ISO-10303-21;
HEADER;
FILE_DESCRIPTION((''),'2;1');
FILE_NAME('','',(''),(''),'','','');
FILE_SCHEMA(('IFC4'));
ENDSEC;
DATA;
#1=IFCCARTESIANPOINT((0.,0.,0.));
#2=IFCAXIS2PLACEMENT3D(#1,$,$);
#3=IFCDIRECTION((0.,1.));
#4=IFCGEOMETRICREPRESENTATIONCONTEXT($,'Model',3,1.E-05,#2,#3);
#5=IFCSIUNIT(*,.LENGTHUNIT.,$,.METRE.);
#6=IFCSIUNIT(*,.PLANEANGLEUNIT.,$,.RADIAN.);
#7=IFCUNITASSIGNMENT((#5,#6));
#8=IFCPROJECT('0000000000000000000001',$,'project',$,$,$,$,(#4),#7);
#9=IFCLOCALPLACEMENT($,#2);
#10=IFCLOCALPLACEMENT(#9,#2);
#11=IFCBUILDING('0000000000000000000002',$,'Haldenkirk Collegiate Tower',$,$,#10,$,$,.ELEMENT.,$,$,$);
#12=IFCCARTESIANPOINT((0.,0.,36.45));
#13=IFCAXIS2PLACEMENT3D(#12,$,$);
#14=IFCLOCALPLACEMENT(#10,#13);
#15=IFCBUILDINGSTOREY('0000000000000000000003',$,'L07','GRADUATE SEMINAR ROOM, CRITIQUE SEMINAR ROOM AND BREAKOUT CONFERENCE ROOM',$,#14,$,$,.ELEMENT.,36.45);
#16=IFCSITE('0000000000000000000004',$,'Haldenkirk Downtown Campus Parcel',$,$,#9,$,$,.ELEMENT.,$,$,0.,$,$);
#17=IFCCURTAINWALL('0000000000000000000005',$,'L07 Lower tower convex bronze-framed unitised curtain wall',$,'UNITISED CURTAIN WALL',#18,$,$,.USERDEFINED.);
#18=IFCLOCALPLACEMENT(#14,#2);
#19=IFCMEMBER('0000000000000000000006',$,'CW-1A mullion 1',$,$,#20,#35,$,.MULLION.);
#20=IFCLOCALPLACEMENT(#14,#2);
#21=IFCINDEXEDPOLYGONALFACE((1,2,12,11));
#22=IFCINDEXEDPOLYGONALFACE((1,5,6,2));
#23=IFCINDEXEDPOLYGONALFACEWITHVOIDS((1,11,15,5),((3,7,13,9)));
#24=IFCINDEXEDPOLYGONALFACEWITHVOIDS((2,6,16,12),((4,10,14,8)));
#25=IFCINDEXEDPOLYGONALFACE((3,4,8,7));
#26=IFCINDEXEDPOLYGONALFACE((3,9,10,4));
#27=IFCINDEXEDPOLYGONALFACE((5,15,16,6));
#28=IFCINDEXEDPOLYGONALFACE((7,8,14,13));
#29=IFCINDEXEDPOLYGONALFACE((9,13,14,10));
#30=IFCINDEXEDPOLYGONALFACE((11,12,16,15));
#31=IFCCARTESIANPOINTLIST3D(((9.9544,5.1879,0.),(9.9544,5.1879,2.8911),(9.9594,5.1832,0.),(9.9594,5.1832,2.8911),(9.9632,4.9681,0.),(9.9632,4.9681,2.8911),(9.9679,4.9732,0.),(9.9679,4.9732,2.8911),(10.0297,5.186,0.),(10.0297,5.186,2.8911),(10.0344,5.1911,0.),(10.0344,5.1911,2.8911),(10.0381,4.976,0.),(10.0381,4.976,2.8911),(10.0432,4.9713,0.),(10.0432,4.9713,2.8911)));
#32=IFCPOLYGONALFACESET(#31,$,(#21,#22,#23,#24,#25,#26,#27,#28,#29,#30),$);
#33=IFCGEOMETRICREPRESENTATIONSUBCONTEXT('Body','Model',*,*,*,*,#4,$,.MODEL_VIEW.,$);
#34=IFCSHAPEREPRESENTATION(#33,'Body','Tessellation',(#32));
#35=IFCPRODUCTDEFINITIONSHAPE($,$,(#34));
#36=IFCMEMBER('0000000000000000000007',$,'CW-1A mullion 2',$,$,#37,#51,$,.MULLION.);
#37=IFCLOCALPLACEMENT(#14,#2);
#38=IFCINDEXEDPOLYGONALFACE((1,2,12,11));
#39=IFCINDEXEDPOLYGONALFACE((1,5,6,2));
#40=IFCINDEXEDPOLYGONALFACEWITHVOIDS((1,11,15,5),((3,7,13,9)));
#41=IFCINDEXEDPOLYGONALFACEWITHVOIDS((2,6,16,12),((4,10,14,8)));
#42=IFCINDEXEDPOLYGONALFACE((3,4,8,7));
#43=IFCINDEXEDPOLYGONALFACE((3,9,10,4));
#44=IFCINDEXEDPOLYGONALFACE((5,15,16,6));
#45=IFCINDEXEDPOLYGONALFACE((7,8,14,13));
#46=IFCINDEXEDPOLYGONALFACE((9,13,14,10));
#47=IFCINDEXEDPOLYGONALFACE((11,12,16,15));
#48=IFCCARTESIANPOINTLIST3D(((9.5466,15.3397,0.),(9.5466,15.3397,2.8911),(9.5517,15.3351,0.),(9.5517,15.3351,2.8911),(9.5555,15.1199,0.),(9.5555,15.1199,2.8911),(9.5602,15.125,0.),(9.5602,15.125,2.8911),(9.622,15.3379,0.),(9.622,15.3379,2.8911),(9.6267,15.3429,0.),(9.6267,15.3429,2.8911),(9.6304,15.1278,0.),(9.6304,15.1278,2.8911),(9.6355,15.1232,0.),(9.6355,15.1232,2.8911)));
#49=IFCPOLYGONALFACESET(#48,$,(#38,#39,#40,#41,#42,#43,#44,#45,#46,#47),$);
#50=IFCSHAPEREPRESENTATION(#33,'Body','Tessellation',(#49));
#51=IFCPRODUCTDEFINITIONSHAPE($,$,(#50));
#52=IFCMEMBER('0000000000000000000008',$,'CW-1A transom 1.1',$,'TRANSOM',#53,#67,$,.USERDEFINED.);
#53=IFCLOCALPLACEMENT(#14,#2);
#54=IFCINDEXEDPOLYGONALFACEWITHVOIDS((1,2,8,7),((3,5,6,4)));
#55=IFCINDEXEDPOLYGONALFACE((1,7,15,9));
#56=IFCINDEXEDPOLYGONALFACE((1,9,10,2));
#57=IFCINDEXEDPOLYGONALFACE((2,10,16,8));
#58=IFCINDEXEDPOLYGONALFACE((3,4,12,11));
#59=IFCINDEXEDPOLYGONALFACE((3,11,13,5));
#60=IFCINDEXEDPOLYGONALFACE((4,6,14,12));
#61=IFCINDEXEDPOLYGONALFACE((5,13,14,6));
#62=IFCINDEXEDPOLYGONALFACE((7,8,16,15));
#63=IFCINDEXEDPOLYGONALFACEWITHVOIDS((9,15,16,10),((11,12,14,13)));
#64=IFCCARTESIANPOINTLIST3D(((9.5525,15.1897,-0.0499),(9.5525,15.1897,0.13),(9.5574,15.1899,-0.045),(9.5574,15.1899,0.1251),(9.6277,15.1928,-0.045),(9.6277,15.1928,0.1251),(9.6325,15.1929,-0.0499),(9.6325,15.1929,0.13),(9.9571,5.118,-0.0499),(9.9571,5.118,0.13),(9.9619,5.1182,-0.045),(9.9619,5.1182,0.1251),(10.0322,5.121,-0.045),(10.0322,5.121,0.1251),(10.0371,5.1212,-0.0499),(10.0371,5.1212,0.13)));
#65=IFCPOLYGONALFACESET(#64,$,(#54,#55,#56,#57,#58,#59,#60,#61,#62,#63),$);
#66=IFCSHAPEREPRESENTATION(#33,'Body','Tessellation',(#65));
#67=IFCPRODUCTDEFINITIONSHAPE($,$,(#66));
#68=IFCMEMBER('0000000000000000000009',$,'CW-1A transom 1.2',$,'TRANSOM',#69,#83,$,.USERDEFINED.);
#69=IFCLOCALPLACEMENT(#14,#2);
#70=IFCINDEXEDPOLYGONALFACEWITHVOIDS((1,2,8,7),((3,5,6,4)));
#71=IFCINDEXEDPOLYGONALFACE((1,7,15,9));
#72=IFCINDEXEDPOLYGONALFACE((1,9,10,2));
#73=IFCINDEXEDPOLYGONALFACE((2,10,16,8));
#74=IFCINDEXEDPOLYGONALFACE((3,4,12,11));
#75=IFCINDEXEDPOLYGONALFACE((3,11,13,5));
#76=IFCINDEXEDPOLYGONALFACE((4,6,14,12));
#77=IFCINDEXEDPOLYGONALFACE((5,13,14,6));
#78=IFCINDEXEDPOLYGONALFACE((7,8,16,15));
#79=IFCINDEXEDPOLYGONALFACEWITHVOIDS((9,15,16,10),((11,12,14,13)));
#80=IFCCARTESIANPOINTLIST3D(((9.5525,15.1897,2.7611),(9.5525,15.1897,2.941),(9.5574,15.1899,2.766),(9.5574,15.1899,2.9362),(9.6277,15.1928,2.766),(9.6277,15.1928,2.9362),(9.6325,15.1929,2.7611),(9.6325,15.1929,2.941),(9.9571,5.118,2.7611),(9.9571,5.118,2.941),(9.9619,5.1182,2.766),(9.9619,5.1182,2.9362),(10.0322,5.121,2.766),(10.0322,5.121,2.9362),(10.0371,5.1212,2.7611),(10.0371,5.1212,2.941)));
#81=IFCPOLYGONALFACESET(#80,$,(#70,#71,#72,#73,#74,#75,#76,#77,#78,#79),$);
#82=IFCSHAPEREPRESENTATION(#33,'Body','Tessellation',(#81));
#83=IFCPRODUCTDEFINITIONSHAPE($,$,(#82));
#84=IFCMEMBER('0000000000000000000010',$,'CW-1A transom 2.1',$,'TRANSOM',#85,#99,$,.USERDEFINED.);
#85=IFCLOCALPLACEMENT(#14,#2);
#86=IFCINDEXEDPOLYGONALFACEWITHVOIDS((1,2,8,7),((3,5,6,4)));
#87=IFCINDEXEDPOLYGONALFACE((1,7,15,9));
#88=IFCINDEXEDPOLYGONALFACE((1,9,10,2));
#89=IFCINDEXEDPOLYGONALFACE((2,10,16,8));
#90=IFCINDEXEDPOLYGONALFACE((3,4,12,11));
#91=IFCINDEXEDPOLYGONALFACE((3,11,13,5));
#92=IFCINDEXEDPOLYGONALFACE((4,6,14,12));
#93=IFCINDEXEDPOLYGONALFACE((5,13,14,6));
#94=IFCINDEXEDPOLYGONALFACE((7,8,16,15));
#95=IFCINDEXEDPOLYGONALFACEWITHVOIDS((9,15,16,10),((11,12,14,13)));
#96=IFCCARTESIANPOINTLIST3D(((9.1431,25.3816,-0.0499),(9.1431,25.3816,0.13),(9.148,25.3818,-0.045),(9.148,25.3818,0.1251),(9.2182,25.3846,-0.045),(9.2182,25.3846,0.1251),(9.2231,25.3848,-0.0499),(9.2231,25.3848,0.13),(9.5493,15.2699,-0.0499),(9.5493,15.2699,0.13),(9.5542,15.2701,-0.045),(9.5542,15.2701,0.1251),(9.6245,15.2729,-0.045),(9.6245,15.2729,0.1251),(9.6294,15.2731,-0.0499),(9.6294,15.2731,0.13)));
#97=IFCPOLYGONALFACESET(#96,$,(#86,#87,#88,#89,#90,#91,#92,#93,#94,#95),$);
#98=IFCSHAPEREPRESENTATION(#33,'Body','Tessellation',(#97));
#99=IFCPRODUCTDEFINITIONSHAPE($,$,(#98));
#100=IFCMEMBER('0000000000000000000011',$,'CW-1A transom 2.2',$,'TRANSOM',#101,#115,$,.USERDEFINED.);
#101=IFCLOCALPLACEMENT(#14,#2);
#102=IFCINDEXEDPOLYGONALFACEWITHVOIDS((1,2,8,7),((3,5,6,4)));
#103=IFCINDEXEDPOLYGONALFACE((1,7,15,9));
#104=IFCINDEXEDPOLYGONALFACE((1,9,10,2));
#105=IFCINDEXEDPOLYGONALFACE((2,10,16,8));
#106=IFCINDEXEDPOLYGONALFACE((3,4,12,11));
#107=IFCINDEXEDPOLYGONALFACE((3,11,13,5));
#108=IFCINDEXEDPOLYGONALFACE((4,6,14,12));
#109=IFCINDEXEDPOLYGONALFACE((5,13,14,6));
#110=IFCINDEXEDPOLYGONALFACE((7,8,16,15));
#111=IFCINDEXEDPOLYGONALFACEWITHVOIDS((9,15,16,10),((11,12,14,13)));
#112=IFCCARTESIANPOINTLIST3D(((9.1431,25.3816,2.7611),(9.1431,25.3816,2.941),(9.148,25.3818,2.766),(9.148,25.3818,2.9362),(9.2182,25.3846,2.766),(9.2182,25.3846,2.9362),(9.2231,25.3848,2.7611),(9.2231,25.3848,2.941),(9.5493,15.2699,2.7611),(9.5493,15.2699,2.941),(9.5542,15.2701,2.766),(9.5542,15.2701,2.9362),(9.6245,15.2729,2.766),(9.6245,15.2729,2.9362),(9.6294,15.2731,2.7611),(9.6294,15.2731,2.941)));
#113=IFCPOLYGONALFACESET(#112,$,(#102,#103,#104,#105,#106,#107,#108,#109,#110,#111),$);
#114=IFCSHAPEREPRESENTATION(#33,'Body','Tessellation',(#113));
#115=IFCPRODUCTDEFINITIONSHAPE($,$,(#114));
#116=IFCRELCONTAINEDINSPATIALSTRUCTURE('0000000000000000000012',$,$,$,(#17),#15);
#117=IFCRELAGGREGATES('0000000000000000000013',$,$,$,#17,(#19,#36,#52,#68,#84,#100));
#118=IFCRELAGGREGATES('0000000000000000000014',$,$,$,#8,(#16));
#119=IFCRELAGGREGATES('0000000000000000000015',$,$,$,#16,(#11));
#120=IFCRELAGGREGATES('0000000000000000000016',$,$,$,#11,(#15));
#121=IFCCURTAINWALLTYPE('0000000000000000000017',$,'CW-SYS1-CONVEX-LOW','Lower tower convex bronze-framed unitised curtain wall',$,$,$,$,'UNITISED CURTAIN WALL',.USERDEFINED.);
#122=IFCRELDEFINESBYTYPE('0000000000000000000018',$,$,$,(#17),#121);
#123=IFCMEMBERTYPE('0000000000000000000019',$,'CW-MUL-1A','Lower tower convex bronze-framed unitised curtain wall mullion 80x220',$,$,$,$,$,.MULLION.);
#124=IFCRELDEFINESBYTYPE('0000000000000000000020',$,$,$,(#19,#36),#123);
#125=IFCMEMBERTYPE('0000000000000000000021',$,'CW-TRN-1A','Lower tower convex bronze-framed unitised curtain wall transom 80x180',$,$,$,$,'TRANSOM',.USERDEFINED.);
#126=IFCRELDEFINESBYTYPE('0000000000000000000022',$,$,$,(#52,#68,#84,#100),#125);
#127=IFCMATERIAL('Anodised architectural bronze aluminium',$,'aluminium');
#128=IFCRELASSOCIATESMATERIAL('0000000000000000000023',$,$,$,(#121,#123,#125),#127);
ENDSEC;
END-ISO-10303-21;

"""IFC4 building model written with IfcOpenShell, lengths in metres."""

from ifc_helpers import new_model, si_unit, direction, frame, origin, origin_2d, place, context, subcontext, project, spatial, hollow_rectangle, extrude, material, material_profile, profile_set, type_object, element, aggregate, save


model = new_model("IFC4")

# Units and contexts
model_context = context("Model", 3, precision=1e-05, world=origin(), true_north=direction((0.0, 1.0)))
body_context = subcontext(model_context, "Body", "Model", "MODEL_VIEW")
ifc_project = project(units=[si_unit("LENGTHUNIT", "METRE"), si_unit("PLANEANGLEUNIT", "RADIAN")], contexts=[model_context])

# Site, building, storey
site_placement = place(None, origin())
site = spatial("IfcSite", under=ifc_project, at=site_placement, Name="Haldenkirk Downtown Campus Parcel", CompositionType="ELEMENT", RefElevation=0.0)
building_placement = place(site_placement, origin())
building = spatial("IfcBuilding", under=site, at=building_placement, Name="Haldenkirk Collegiate Tower", CompositionType="ELEMENT")
storey_placement = place(building_placement, frame((0.0, 0.0, 36.45)))
storey = spatial("IfcBuildingStorey", under=building, at=storey_placement, Name="L07", Description="GRADUATE SEMINAR ROOM, CRITIQUE SEMINAR ROOM AND BREAKOUT CONFERENCE ROOM", CompositionType="ELEMENT", Elevation=36.45)

# Curtain wall, members
ifc_material_1 = material(Name="Anodised architectural bronze aluminium", Category="aluminium")
curtain_wall_type = type_object("IfcCurtainWallType", Name="CW-SYS1-CONVEX-LOW", Description="Lower tower convex bronze-framed unitised curtain wall", ElementType="UNITISED CURTAIN WALL", PredefinedType="USERDEFINED", material=ifc_material_1)
curtain_wall_placement = place(storey_placement, origin())
curtain_wall = element("IfcCurtainWall", 1, at=curtain_wall_placement, inside=storey, type_object=curtain_wall_type, Name="L07 Lower tower convex bronze-framed unitised curtain wall", ObjectType="UNITISED CURTAIN WALL", PredefinedType="USERDEFINED")
ifc_material_profile_1 = material_profile(ifc_material_1, hollow_rectangle(XDim=0.0801, YDim=0.22, WallThickness=0.0049, at=origin_2d()), Name="CW-MUL-1A")
ifc_profile_set_1 = profile_set([ifc_material_profile_1], Name="Anodised architectural bronze aluminium")
member_type_1 = type_object("IfcMemberType", Name="CW-MUL-1A", Description="Lower tower convex bronze-framed unitised curtain wall mullion 80x220", PredefinedType="MULLION", material=ifc_profile_set_1)
member_1_placement = place(storey_placement, frame((9.9988, 5.0796, 0.0), z_axis=(0.0, 0.0, 1.0), x_axis=(-0.999194, -0.040132, 0.0)))
member_1 = element("IfcMember", 2, at=member_1_placement, type_object=member_type_1, Name="CW-1A mullion 1", PredefinedType="MULLION", context=body_context, shape_type="SweptSolid", body=[
    extrude(hollow_rectangle(XDim=0.0801, YDim=0.22, WallThickness=0.0049, at=origin_2d()), origin(), (0.0, 0.0, 1.0), 2.8911),
])
member_2_placement = place(storey_placement, frame((9.5911, 15.2314, 0.0), z_axis=(0.0, 0.0, 1.0), x_axis=(-0.999194, -0.040132, 0.0)))
member_2 = element("IfcMember", 3, at=member_2_placement, type_object=member_type_1, Name="CW-1A mullion 2", PredefinedType="MULLION", context=body_context, shape_type="SweptSolid", body=[
    extrude(hollow_rectangle(XDim=0.0801, YDim=0.22, WallThickness=0.0049, at=origin_2d()), origin(), (0.0, 0.0, 1.0), 2.8911),
])
ifc_material_profile_2 = material_profile(ifc_material_1, hollow_rectangle(XDim=0.0801, YDim=0.1799, WallThickness=0.0049, at=origin_2d()), Name="CW-TRN-1A")
ifc_profile_set_2 = profile_set([ifc_material_profile_2], Name="Anodised architectural bronze aluminium")
member_type_2 = type_object("IfcMemberType", Name="CW-TRN-1A", Description="Lower tower convex bronze-framed unitised curtain wall transom 80x180", ElementType="TRANSOM", PredefinedType="USERDEFINED", material=ifc_profile_set_2)
member_3_placement = place(storey_placement, frame((9.9971, 5.1196, 0.04), z_axis=(-0.040133, 0.999194, 0.0), x_axis=(-0.999194, -0.040133, 0.0)))
member_3 = element("IfcMember", 4, at=member_3_placement, type_object=member_type_2, Name="CW-1A transom 1.1", ObjectType="TRANSOM", PredefinedType="USERDEFINED", context=body_context, shape_type="SweptSolid", body=[
    extrude(hollow_rectangle(XDim=0.0801, YDim=0.1799, WallThickness=0.0049, at=origin_2d()), origin(), (0.0, 0.0, 1.0), 10.0798),
])
member_4_placement = place(storey_placement, frame((9.9971, 5.1196, 2.8511), z_axis=(-0.040133, 0.999194, 0.0), x_axis=(-0.999194, -0.040133, 0.0)))
member_4 = element("IfcMember", 5, at=member_4_placement, type_object=member_type_2, Name="CW-1A transom 1.2", ObjectType="TRANSOM", PredefinedType="USERDEFINED", context=body_context, shape_type="SweptSolid", body=[
    extrude(hollow_rectangle(XDim=0.0801, YDim=0.1799, WallThickness=0.0049, at=origin_2d()), origin(), (0.0, 0.0, 1.0), 10.0798),
])
member_5_placement = place(storey_placement, frame((9.5894, 15.2715, 0.04), z_axis=(-0.040143, 0.999194, 0.0), x_axis=(-0.999194, -0.040143, 0.0)))
member_5 = element("IfcMember", 6, at=member_5_placement, type_object=member_type_2, Name="CW-1A transom 2.1", ObjectType="TRANSOM", PredefinedType="USERDEFINED", context=body_context, shape_type="SweptSolid", body=[
    extrude(hollow_rectangle(XDim=0.0801, YDim=0.1799, WallThickness=0.0049, at=origin_2d()), origin(), (0.0, 0.0, 1.0), 10.1199),
])
member_6_placement = place(storey_placement, frame((9.5894, 15.2715, 2.8511), z_axis=(-0.040143, 0.999194, 0.0), x_axis=(-0.999194, -0.040143, 0.0)))
member_6 = element("IfcMember", 7, at=member_6_placement, type_object=member_type_2, Name="CW-1A transom 2.2", ObjectType="TRANSOM", PredefinedType="USERDEFINED", context=body_context, shape_type="SweptSolid", body=[
    extrude(hollow_rectangle(XDim=0.0801, YDim=0.1799, WallThickness=0.0049, at=origin_2d()), origin(), (0.0, 0.0, 1.0), 10.1199),
])

aggregate(curtain_wall, [member_1, member_2, member_3, member_4, member_5, member_6])

save(model, "model.ifc")
